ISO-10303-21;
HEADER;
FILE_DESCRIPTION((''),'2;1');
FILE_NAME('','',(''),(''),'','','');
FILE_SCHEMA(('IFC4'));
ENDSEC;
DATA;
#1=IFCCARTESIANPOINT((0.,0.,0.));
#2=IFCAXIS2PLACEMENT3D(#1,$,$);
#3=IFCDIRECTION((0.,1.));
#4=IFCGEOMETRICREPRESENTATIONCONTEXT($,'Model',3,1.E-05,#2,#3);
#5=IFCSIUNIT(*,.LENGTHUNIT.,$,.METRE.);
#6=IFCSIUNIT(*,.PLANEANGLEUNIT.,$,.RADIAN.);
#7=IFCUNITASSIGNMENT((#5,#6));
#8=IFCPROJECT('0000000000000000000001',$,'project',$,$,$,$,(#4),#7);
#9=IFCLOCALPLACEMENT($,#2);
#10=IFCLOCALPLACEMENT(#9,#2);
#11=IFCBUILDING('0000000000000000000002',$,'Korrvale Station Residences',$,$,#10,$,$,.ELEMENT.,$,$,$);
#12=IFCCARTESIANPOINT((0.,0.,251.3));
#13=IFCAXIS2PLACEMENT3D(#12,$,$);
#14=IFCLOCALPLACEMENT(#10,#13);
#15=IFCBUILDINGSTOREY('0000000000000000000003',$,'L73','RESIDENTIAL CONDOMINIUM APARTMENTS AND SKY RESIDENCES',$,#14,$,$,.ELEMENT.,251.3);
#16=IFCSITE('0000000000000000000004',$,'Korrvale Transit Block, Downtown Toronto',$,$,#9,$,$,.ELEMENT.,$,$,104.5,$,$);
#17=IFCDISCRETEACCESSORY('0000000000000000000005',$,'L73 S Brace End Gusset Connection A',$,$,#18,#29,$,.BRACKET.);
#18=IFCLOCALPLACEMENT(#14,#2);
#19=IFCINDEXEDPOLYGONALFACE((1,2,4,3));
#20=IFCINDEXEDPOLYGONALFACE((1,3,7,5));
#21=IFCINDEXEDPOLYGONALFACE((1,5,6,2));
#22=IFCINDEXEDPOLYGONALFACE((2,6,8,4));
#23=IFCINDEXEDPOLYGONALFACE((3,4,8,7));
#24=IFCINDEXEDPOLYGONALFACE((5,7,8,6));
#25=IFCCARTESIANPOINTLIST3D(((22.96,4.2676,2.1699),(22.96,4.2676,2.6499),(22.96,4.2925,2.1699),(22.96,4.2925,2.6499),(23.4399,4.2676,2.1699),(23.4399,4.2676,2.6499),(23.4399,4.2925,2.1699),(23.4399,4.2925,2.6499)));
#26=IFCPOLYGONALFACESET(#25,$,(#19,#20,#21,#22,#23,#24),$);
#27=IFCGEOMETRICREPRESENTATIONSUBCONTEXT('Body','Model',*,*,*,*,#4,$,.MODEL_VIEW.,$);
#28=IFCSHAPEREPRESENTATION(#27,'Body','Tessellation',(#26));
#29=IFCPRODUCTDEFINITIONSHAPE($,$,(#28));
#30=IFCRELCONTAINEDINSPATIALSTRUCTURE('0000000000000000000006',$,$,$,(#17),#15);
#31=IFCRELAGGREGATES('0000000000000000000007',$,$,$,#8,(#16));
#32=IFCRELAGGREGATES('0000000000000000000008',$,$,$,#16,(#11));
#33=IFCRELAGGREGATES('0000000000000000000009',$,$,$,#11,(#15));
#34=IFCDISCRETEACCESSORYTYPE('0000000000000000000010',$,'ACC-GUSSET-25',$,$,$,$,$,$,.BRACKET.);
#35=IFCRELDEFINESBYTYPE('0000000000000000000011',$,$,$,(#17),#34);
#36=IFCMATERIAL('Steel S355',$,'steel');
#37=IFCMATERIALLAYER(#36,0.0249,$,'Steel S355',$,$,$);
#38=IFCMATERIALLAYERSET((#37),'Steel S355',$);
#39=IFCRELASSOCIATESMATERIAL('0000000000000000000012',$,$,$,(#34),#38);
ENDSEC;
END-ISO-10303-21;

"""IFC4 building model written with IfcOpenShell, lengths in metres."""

from ifc_helpers import new_model, si_unit, direction, frame, origin, origin_2d, place, context, subcontext, project, spatial, rectangle, extrude, material, layer, layer_set, type_object, element, save


model = new_model("IFC4")

# Units and contexts
model_context = context("Model", 3, precision=1e-05, world=origin(), true_north=direction((0.0, 1.0)))
body_context = subcontext(model_context, "Body", "Model", "MODEL_VIEW")
ifc_project = project(units=[si_unit("LENGTHUNIT", "METRE"), si_unit("PLANEANGLEUNIT", "RADIAN")], contexts=[model_context])

# Site, building, storey
site_placement = place(None, origin())
site = spatial("IfcSite", under=ifc_project, at=site_placement, Name="Korrvale Transit Block, Downtown Toronto", CompositionType="ELEMENT", RefElevation=104.5)
building_placement = place(site_placement, origin())
building = spatial("IfcBuilding", under=site, at=building_placement, Name="Korrvale Station Residences", CompositionType="ELEMENT")
storey_placement = place(building_placement, frame((0.0, 0.0, 251.3)))
storey = spatial("IfcBuildingStorey", under=building, at=storey_placement, Name="L73", Description="RESIDENTIAL CONDOMINIUM APARTMENTS AND SKY RESIDENCES", CompositionType="ELEMENT", Elevation=251.3)

# Shared definitions
ifc_material_1 = material(Name="Steel S355", Category="steel")

# Discrete accessory
ifc_layer_1 = layer(ifc_material_1, 0.0249, Name="Steel S355")
ifc_layer_set_1 = layer_set([ifc_layer_1], Name="Steel S355")
discrete_accessory_type = type_object("IfcDiscreteAccessoryType", Name="ACC-GUSSET-25", PredefinedType="BRACKET", material=ifc_layer_set_1)
discrete_accessory_placement = place(storey_placement, frame((23.2, 4.28, 2.1699), z_axis=(0.0, 0.0, 1.0), x_axis=(1.0, 0.0, 0.0)))
element("IfcDiscreteAccessory", 1, at=discrete_accessory_placement, inside=storey, type_object=discrete_accessory_type, Name="L73 S Brace End Gusset Connection A", PredefinedType="BRACKET", context=body_context, shape_type="SweptSolid", body=[
    extrude(rectangle(XDim=0.48, YDim=0.0249, at=origin_2d()), origin(), (0.0, 0.0, 1.0), 0.48),
])

save(model, "model.ifc")
